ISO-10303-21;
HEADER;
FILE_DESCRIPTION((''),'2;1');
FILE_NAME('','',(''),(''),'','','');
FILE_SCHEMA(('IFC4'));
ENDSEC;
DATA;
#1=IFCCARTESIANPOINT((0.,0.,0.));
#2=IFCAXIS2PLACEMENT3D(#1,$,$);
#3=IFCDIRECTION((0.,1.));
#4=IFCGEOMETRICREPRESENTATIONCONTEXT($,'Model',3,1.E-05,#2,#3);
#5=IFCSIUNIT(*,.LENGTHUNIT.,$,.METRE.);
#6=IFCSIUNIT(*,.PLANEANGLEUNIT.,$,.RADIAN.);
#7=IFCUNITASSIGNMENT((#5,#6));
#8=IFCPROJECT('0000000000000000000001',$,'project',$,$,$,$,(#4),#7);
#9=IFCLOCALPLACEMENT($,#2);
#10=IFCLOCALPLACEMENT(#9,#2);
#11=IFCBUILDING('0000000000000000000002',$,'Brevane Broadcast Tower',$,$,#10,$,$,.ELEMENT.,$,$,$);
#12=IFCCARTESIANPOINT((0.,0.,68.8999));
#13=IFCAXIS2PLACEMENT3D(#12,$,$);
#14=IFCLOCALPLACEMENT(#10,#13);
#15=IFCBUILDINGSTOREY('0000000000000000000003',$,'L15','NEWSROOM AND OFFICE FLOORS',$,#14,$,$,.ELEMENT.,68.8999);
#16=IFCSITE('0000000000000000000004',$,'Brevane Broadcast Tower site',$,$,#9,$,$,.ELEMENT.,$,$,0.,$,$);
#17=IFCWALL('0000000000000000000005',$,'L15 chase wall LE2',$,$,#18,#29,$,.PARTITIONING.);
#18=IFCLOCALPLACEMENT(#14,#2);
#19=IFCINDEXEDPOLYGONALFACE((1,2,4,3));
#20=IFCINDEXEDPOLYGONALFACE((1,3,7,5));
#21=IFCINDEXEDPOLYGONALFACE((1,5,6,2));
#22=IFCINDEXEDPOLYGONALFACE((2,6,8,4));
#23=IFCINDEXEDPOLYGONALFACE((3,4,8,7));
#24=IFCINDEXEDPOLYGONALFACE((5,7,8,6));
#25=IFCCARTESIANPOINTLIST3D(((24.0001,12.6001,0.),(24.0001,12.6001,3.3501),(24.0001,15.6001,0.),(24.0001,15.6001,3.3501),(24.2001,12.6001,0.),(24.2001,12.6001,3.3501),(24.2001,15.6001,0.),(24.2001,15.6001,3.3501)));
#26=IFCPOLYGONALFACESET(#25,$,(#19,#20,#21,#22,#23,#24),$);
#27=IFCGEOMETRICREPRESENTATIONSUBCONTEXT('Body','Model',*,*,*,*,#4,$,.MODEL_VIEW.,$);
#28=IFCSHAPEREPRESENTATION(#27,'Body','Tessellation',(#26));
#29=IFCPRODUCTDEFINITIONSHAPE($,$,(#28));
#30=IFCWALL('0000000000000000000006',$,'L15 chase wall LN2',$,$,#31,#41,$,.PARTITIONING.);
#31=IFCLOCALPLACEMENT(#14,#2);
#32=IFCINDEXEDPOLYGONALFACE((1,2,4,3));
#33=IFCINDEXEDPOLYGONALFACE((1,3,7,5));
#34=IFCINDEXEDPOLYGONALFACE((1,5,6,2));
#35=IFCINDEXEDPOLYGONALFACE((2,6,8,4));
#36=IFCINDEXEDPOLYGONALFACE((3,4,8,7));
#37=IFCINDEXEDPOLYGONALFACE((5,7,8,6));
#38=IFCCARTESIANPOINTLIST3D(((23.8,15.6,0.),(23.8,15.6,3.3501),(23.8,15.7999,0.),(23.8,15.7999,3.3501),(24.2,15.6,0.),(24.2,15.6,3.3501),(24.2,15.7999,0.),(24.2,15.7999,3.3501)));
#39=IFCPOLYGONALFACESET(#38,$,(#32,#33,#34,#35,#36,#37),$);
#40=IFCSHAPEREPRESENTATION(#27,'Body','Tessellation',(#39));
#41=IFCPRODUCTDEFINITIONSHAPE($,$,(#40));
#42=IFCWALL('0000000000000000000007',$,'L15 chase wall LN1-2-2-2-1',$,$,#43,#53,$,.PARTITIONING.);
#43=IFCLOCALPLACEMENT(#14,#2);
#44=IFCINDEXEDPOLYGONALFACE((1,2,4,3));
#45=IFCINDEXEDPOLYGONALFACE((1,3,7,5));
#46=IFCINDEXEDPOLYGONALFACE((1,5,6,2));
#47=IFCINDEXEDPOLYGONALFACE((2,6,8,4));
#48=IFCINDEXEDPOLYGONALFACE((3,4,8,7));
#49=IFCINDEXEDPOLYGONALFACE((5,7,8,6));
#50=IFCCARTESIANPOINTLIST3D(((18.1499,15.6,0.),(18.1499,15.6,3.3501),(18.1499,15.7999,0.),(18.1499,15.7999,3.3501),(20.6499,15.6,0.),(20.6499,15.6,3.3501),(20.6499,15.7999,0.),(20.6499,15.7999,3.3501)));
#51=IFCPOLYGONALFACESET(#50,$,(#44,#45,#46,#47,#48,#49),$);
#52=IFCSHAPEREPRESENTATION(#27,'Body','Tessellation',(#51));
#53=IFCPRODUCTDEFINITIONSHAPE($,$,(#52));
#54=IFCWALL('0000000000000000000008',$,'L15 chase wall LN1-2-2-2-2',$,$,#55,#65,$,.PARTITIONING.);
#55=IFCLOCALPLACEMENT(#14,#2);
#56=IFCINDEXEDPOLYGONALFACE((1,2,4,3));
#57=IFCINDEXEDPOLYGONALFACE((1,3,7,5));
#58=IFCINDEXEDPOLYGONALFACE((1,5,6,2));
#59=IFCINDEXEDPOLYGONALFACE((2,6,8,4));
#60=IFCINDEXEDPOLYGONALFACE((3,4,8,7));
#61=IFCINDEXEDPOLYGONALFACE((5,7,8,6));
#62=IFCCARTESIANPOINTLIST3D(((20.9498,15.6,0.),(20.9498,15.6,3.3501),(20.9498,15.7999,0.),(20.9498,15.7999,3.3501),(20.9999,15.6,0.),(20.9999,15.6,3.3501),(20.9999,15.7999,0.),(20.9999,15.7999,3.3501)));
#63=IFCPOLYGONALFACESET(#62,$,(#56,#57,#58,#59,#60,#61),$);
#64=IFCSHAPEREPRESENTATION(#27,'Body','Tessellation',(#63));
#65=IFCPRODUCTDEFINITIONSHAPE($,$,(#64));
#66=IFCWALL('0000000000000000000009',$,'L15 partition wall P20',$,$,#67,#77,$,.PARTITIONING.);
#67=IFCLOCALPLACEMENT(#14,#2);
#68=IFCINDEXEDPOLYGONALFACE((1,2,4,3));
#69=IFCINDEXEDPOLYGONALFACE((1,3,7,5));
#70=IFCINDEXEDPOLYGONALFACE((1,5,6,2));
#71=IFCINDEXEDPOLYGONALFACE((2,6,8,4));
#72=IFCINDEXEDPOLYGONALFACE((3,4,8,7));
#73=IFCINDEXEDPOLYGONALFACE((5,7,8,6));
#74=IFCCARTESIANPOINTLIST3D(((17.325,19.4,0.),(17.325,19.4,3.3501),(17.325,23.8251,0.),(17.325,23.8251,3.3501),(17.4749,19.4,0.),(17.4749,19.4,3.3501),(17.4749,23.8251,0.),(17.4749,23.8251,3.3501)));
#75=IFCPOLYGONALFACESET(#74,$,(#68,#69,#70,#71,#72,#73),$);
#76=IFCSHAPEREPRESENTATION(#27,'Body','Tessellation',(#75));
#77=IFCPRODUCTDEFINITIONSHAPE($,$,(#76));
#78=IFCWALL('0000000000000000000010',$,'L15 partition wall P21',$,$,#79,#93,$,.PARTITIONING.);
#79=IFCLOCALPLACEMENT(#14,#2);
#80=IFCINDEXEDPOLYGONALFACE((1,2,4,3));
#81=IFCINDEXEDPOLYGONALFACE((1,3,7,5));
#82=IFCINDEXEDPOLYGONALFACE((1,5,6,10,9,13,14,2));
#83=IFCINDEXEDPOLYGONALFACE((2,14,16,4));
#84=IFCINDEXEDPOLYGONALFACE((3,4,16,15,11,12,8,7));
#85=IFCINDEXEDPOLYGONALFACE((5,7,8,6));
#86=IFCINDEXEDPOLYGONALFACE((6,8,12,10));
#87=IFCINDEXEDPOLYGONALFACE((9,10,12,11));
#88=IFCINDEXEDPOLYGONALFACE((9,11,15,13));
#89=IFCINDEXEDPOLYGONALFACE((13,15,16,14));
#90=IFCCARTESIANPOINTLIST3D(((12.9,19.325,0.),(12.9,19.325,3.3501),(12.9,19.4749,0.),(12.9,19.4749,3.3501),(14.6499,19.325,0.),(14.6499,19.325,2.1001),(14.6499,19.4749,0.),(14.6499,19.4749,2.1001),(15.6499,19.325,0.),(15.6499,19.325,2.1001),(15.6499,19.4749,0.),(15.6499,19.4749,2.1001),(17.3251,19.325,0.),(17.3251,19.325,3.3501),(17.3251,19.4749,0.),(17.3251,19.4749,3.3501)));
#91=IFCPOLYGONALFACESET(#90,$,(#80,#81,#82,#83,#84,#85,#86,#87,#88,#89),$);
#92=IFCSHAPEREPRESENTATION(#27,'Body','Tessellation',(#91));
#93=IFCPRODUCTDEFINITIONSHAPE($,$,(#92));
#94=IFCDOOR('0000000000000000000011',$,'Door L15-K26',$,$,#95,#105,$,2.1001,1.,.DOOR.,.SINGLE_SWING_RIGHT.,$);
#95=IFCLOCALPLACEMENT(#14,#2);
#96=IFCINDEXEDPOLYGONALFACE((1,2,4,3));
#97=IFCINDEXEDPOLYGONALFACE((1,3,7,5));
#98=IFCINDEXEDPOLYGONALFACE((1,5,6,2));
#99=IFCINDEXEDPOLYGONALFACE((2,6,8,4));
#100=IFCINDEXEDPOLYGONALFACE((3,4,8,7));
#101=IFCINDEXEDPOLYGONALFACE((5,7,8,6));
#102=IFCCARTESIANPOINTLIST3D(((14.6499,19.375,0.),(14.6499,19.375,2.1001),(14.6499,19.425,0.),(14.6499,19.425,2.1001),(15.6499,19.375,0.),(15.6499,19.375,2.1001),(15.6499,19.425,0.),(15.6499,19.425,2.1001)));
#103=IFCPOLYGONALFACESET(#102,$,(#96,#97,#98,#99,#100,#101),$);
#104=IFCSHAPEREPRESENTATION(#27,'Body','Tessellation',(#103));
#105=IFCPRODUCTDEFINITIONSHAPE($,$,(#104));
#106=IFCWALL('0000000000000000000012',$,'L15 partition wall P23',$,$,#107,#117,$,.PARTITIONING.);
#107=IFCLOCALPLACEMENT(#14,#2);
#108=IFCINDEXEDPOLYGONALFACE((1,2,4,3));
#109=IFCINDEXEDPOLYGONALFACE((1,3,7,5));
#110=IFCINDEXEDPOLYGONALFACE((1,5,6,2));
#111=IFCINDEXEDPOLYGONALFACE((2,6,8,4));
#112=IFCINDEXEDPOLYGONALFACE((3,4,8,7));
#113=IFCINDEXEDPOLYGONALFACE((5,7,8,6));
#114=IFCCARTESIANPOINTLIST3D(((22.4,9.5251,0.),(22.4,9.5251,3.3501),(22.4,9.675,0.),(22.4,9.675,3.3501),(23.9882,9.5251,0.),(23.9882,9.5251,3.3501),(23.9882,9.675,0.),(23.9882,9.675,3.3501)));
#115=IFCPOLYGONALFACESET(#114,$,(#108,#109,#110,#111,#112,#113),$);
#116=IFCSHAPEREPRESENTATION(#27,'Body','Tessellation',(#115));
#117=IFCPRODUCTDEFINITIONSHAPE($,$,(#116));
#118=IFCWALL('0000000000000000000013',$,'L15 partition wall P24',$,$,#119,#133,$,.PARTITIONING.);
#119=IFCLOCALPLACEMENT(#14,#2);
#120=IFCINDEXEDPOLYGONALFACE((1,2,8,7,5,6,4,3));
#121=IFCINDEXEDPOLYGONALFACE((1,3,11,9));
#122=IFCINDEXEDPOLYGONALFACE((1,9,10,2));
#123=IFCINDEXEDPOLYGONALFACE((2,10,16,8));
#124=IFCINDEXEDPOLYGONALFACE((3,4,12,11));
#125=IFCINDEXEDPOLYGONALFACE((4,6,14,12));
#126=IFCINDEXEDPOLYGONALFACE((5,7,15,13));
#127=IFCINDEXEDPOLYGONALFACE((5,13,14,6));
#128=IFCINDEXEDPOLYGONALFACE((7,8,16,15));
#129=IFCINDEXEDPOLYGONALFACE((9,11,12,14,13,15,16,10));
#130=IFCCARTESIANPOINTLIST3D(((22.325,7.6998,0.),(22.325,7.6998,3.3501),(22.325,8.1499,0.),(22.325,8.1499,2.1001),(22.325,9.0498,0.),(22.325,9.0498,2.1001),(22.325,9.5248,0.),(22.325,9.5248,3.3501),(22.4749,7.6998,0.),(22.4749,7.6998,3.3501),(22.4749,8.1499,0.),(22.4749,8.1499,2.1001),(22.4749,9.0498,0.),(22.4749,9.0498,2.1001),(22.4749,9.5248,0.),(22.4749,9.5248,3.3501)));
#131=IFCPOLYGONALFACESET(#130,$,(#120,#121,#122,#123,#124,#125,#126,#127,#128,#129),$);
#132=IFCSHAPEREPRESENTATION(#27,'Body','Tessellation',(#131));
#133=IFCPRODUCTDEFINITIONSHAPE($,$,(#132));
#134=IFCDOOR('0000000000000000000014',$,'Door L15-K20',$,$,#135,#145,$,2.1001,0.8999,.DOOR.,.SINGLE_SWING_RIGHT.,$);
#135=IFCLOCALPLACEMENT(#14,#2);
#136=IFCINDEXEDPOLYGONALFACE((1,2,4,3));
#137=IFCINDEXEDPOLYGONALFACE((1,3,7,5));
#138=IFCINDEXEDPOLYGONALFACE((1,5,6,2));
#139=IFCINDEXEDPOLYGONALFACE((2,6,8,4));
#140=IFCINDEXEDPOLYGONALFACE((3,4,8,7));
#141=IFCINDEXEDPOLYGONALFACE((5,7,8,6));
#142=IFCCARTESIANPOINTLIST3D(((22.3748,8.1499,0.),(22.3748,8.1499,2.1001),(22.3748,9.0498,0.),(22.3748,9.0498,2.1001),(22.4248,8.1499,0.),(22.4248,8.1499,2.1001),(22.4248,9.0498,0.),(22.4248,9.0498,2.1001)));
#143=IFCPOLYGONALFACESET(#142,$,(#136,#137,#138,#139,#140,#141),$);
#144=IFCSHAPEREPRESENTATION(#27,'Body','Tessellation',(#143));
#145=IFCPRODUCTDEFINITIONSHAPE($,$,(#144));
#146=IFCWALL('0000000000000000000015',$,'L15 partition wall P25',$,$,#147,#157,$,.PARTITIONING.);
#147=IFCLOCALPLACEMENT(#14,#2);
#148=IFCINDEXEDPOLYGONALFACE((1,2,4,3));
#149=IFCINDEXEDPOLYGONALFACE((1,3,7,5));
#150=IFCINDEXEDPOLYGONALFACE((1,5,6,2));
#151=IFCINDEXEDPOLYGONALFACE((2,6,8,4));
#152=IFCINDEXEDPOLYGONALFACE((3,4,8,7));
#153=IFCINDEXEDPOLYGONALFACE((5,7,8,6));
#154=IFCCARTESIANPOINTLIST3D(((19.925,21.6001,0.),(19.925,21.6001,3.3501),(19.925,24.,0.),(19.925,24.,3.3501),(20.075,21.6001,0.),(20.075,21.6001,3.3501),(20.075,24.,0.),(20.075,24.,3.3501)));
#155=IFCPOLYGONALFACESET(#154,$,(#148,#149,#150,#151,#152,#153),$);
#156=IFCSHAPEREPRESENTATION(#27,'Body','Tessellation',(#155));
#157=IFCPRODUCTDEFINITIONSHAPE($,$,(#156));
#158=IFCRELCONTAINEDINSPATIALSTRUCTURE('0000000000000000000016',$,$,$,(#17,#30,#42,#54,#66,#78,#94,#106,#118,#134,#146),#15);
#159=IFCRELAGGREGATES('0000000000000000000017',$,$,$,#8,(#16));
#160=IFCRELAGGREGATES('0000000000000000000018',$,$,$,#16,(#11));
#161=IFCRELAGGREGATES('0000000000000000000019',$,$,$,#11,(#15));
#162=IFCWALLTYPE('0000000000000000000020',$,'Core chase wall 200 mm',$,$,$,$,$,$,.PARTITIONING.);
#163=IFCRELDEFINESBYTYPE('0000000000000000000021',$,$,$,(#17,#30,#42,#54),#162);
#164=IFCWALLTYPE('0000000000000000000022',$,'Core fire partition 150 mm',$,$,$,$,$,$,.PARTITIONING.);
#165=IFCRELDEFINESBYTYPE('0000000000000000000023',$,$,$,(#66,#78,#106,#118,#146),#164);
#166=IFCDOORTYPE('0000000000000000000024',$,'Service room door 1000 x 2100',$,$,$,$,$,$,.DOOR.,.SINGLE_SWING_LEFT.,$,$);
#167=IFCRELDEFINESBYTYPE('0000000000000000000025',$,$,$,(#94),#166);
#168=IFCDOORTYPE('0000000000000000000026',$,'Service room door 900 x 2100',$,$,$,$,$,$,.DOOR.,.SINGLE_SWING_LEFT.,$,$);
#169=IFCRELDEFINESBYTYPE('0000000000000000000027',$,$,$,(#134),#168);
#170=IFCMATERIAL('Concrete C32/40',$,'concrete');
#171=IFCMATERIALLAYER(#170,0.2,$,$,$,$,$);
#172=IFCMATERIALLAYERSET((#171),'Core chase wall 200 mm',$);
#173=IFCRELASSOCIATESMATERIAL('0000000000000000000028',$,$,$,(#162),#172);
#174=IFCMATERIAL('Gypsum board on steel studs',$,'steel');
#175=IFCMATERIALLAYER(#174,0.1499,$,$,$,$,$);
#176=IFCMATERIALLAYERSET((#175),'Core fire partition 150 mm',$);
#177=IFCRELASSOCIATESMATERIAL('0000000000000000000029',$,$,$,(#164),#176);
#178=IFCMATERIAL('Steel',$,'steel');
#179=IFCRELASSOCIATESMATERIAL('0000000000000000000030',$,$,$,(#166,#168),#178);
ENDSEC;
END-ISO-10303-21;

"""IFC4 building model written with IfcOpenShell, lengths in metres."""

from ifc_helpers import new_model, si_unit, direction, frame, frame_2d, origin, place, context, subcontext, project, spatial, rectangle, extrude, material, layer, layer_set, type_object, element, fill, save


model = new_model("IFC4")

# Units and contexts
model_context = context("Model", 3, precision=1e-05, world=origin(), true_north=direction((0.0, 1.0)))
body_context = subcontext(model_context, "Body", "Model", "MODEL_VIEW")
ifc_project = project(units=[si_unit("LENGTHUNIT", "METRE"), si_unit("PLANEANGLEUNIT", "RADIAN")], contexts=[model_context])

# Site, building, storey
site_placement = place(None, origin())
site = spatial("IfcSite", under=ifc_project, at=site_placement, Name="Brevane Broadcast Tower site", CompositionType="ELEMENT", RefElevation=0.0)
building_placement = place(site_placement, origin())
building = spatial("IfcBuilding", under=site, at=building_placement, Name="Brevane Broadcast Tower", CompositionType="ELEMENT")
storey_placement = place(building_placement, frame((0.0, 0.0, 68.8999)))
storey = spatial("IfcBuildingStorey", under=building, at=storey_placement, Name="L15", Description="NEWSROOM AND OFFICE FLOORS", CompositionType="ELEMENT", Elevation=68.8999)

# Walls
ifc_material_1 = material(Name="Concrete C32/40", Category="concrete")
ifc_layer_1 = layer(ifc_material_1, 0.2)
ifc_layer_set_1 = layer_set([ifc_layer_1], Name="Core chase wall 200 mm")
wall_type_1 = type_object("IfcWallType", Name="Core chase wall 200 mm", PredefinedType="PARTITIONING", material=ifc_layer_set_1)
wall_1_placement = place(storey_placement, frame((24.1001, 12.6001, 0.0), z_axis=(0.0, 0.0, 1.0), x_axis=(0.0, 1.0, 0.0)))
element("IfcWall", 1, at=wall_1_placement, inside=storey, type_object=wall_type_1, Name="L15 chase wall LE2", PredefinedType="PARTITIONING", context=body_context, shape_type="SweptSolid", body=[
    extrude(rectangle(XDim=3.0, YDim=0.2, at=frame_2d((1.5, 0.0))), origin(), (0.0, 0.0, 1.0), 3.3501),
])
wall_2_placement = place(storey_placement, frame((23.8, 15.7, 0.0), z_axis=(0.0, 0.0, 1.0), x_axis=(1.0, 0.0, 0.0)))
element("IfcWall", 2, at=wall_2_placement, inside=storey, type_object=wall_type_1, Name="L15 chase wall LN2", PredefinedType="PARTITIONING", context=body_context, shape_type="SweptSolid", body=[
    extrude(rectangle(XDim=0.3999, YDim=0.2, at=frame_2d((0.2, 0.0))), origin(), (0.0, 0.0, 1.0), 3.3501),
])
wall_3_placement = place(storey_placement, frame((18.1499, 15.7, 0.0), z_axis=(0.0, 0.0, 1.0), x_axis=(1.0, 0.0, 0.0)))
element("IfcWall", 3, at=wall_3_placement, inside=storey, type_object=wall_type_1, Name="L15 chase wall LN1-2-2-2-1", PredefinedType="PARTITIONING", context=body_context, shape_type="SweptSolid", body=[
    extrude(rectangle(XDim=2.5, YDim=0.2, at=frame_2d((1.25, 0.0))), origin(), (0.0, 0.0, 1.0), 3.3501),
])
wall_4_placement = place(storey_placement, frame((20.95, 15.7, 0.0), z_axis=(0.0, 0.0, 1.0), x_axis=(1.0, 0.0, 0.0)))
element("IfcWall", 4, at=wall_4_placement, inside=storey, type_object=wall_type_1, Name="L15 chase wall LN1-2-2-2-2", PredefinedType="PARTITIONING", context=body_context, shape_type="SweptSolid", body=[
    extrude(rectangle(XDim=0.05, YDim=0.2, at=frame_2d((0.0249, 0.0))), origin(), (0.0, 0.0, 1.0), 3.3501),
])
ifc_material_2 = material(Name="Gypsum board on steel studs", Category="steel")
ifc_layer_2 = layer(ifc_material_2, 0.1499)
ifc_layer_set_2 = layer_set([ifc_layer_2], Name="Core fire partition 150 mm")
wall_type_2 = type_object("IfcWallType", Name="Core fire partition 150 mm", PredefinedType="PARTITIONING", material=ifc_layer_set_2)
wall_5_placement = place(storey_placement, frame((17.3999, 23.825, 0.0), z_axis=(0.0, 0.0, 1.0), x_axis=(0.0, -1.0, 0.0)))
element("IfcWall", 5, at=wall_5_placement, inside=storey, type_object=wall_type_2, Name="L15 partition wall P20", PredefinedType="PARTITIONING", context=body_context, shape_type="SweptSolid", body=[
    extrude(rectangle(XDim=4.425, YDim=0.1499, at=frame_2d((2.2124, 0.0))), origin(), (0.0, 0.0, 1.0), 3.3501),
])

# Wall, opening, door
wall_6_placement = place(storey_placement, frame((17.325, 19.3999, 0.0), z_axis=(0.0, 0.0, 1.0), x_axis=(-1.0, 0.0, 0.0)))
wall_6 = element("IfcWall", 6, at=wall_6_placement, inside=storey, type_object=wall_type_2, Name="L15 partition wall P21", PredefinedType="PARTITIONING", context=body_context, shape_type="SweptSolid", body=[
    extrude(rectangle(XDim=4.425, YDim=0.1499, at=frame_2d((2.2124, 0.0))), origin(), (0.0, 0.0, 1.0), 3.3501),
])
opening_1_placement = place(wall_6_placement, frame((1.675, 0.0, 0.0)))
opening_1 = element("IfcOpeningElement", 7, at=opening_1_placement, cuts=wall_6, PredefinedType="OPENING", context=body_context, shape_type="SweptSolid", body=[
    extrude(rectangle(XDim=1.0, YDim=2.1001, at=frame_2d((0.5, 1.05))), frame((0.0, 0.085, 0.0), z_axis=(0.0, -1.0, 0.0), x_axis=(1.0, 0.0, 0.0)), (0.0, 0.0, 1.0), 0.1699),
])
ifc_material_3 = material(Name="Steel", Category="steel")
door_type_1 = type_object("IfcDoorType", Name="Service room door 1000 x 2100", OperationType="SINGLE_SWING_LEFT", PredefinedType="DOOR", material=ifc_material_3)
door_1_placement = place(opening_1_placement, origin())
door_1 = element("IfcDoor", 8, at=door_1_placement, inside=storey, type_object=door_type_1, Name="Door L15-K26", OperationType="SINGLE_SWING_RIGHT", OverallHeight=2.1001, OverallWidth=1.0, PredefinedType="DOOR", context=body_context, shape_type="SweptSolid", body=[
    extrude(rectangle(XDim=1.0, YDim=2.1001, at=frame_2d((0.5, 1.05))), frame((0.0, 0.0249, 0.0), z_axis=(0.0, -1.0, 0.0), x_axis=(1.0, 0.0, 0.0)), (0.0, 0.0, 1.0), 0.05),
])
fill(opening_1, door_1)

# Wall
wall_7_placement = place(storey_placement, frame((23.988, 9.6001, 0.0), z_axis=(0.0, 0.0, 1.0), x_axis=(-1.0, 0.0, 0.0)))
element("IfcWall", 9, at=wall_7_placement, inside=storey, type_object=wall_type_2, Name="L15 partition wall P23", PredefinedType="PARTITIONING", context=body_context, shape_type="SweptSolid", body=[
    extrude(rectangle(XDim=1.5881, YDim=0.1499, at=frame_2d((0.7939, 0.0))), origin(), (0.0, 0.0, 1.0), 3.3501),
])

# Wall, opening, door
wall_8_placement = place(storey_placement, frame((22.3999, 9.5249, 0.0), z_axis=(0.0, 0.0, 1.0), x_axis=(0.0, -1.0, 0.0)))
wall_8 = element("IfcWall", 10, at=wall_8_placement, inside=storey, type_object=wall_type_2, Name="L15 partition wall P24", PredefinedType="PARTITIONING", context=body_context, shape_type="SweptSolid", body=[
    extrude(rectangle(XDim=1.825, YDim=0.1499, at=frame_2d((0.9126, 0.0))), origin(), (0.0, 0.0, 1.0), 3.3501),
])
opening_2_placement = place(wall_8_placement, frame((0.4751, 0.0, 0.0)))
opening_2 = element("IfcOpeningElement", 11, at=opening_2_placement, cuts=wall_8, PredefinedType="OPENING", context=body_context, shape_type="SweptSolid", body=[
    extrude(rectangle(XDim=0.8999, YDim=2.1001, at=frame_2d((0.45, 1.05))), frame((0.0, 0.085, 0.0), z_axis=(0.0, -1.0, 0.0), x_axis=(1.0, 0.0, 0.0)), (0.0, 0.0, 1.0), 0.1699),
])
door_type_2 = type_object("IfcDoorType", Name="Service room door 900 x 2100", OperationType="SINGLE_SWING_LEFT", PredefinedType="DOOR", material=ifc_material_3)
door_2_placement = place(opening_2_placement, origin())
door_2 = element("IfcDoor", 12, at=door_2_placement, inside=storey, type_object=door_type_2, Name="Door L15-K20", OperationType="SINGLE_SWING_RIGHT", OverallHeight=2.1001, OverallWidth=0.8999, PredefinedType="DOOR", context=body_context, shape_type="SweptSolid", body=[
    extrude(rectangle(XDim=0.8999, YDim=2.1001, at=frame_2d((0.45, 1.05))), frame((0.0, 0.0249, 0.0), z_axis=(0.0, -1.0, 0.0), x_axis=(1.0, 0.0, 0.0)), (0.0, 0.0, 1.0), 0.05),
])
fill(opening_2, door_2)

# Wall
wall_9_placement = place(storey_placement, frame((20.0, 21.6001, 0.0), z_axis=(0.0, 0.0, 1.0), x_axis=(0.0, 1.0, 0.0)))
element("IfcWall", 13, at=wall_9_placement, inside=storey, type_object=wall_type_2, Name="L15 partition wall P25", PredefinedType="PARTITIONING", context=body_context, shape_type="SweptSolid", body=[
    extrude(rectangle(XDim=2.3999, YDim=0.1499, at=frame_2d((1.2, 0.0))), origin(), (0.0, 0.0, 1.0), 3.3501),
])

save(model, "model.ifc")
